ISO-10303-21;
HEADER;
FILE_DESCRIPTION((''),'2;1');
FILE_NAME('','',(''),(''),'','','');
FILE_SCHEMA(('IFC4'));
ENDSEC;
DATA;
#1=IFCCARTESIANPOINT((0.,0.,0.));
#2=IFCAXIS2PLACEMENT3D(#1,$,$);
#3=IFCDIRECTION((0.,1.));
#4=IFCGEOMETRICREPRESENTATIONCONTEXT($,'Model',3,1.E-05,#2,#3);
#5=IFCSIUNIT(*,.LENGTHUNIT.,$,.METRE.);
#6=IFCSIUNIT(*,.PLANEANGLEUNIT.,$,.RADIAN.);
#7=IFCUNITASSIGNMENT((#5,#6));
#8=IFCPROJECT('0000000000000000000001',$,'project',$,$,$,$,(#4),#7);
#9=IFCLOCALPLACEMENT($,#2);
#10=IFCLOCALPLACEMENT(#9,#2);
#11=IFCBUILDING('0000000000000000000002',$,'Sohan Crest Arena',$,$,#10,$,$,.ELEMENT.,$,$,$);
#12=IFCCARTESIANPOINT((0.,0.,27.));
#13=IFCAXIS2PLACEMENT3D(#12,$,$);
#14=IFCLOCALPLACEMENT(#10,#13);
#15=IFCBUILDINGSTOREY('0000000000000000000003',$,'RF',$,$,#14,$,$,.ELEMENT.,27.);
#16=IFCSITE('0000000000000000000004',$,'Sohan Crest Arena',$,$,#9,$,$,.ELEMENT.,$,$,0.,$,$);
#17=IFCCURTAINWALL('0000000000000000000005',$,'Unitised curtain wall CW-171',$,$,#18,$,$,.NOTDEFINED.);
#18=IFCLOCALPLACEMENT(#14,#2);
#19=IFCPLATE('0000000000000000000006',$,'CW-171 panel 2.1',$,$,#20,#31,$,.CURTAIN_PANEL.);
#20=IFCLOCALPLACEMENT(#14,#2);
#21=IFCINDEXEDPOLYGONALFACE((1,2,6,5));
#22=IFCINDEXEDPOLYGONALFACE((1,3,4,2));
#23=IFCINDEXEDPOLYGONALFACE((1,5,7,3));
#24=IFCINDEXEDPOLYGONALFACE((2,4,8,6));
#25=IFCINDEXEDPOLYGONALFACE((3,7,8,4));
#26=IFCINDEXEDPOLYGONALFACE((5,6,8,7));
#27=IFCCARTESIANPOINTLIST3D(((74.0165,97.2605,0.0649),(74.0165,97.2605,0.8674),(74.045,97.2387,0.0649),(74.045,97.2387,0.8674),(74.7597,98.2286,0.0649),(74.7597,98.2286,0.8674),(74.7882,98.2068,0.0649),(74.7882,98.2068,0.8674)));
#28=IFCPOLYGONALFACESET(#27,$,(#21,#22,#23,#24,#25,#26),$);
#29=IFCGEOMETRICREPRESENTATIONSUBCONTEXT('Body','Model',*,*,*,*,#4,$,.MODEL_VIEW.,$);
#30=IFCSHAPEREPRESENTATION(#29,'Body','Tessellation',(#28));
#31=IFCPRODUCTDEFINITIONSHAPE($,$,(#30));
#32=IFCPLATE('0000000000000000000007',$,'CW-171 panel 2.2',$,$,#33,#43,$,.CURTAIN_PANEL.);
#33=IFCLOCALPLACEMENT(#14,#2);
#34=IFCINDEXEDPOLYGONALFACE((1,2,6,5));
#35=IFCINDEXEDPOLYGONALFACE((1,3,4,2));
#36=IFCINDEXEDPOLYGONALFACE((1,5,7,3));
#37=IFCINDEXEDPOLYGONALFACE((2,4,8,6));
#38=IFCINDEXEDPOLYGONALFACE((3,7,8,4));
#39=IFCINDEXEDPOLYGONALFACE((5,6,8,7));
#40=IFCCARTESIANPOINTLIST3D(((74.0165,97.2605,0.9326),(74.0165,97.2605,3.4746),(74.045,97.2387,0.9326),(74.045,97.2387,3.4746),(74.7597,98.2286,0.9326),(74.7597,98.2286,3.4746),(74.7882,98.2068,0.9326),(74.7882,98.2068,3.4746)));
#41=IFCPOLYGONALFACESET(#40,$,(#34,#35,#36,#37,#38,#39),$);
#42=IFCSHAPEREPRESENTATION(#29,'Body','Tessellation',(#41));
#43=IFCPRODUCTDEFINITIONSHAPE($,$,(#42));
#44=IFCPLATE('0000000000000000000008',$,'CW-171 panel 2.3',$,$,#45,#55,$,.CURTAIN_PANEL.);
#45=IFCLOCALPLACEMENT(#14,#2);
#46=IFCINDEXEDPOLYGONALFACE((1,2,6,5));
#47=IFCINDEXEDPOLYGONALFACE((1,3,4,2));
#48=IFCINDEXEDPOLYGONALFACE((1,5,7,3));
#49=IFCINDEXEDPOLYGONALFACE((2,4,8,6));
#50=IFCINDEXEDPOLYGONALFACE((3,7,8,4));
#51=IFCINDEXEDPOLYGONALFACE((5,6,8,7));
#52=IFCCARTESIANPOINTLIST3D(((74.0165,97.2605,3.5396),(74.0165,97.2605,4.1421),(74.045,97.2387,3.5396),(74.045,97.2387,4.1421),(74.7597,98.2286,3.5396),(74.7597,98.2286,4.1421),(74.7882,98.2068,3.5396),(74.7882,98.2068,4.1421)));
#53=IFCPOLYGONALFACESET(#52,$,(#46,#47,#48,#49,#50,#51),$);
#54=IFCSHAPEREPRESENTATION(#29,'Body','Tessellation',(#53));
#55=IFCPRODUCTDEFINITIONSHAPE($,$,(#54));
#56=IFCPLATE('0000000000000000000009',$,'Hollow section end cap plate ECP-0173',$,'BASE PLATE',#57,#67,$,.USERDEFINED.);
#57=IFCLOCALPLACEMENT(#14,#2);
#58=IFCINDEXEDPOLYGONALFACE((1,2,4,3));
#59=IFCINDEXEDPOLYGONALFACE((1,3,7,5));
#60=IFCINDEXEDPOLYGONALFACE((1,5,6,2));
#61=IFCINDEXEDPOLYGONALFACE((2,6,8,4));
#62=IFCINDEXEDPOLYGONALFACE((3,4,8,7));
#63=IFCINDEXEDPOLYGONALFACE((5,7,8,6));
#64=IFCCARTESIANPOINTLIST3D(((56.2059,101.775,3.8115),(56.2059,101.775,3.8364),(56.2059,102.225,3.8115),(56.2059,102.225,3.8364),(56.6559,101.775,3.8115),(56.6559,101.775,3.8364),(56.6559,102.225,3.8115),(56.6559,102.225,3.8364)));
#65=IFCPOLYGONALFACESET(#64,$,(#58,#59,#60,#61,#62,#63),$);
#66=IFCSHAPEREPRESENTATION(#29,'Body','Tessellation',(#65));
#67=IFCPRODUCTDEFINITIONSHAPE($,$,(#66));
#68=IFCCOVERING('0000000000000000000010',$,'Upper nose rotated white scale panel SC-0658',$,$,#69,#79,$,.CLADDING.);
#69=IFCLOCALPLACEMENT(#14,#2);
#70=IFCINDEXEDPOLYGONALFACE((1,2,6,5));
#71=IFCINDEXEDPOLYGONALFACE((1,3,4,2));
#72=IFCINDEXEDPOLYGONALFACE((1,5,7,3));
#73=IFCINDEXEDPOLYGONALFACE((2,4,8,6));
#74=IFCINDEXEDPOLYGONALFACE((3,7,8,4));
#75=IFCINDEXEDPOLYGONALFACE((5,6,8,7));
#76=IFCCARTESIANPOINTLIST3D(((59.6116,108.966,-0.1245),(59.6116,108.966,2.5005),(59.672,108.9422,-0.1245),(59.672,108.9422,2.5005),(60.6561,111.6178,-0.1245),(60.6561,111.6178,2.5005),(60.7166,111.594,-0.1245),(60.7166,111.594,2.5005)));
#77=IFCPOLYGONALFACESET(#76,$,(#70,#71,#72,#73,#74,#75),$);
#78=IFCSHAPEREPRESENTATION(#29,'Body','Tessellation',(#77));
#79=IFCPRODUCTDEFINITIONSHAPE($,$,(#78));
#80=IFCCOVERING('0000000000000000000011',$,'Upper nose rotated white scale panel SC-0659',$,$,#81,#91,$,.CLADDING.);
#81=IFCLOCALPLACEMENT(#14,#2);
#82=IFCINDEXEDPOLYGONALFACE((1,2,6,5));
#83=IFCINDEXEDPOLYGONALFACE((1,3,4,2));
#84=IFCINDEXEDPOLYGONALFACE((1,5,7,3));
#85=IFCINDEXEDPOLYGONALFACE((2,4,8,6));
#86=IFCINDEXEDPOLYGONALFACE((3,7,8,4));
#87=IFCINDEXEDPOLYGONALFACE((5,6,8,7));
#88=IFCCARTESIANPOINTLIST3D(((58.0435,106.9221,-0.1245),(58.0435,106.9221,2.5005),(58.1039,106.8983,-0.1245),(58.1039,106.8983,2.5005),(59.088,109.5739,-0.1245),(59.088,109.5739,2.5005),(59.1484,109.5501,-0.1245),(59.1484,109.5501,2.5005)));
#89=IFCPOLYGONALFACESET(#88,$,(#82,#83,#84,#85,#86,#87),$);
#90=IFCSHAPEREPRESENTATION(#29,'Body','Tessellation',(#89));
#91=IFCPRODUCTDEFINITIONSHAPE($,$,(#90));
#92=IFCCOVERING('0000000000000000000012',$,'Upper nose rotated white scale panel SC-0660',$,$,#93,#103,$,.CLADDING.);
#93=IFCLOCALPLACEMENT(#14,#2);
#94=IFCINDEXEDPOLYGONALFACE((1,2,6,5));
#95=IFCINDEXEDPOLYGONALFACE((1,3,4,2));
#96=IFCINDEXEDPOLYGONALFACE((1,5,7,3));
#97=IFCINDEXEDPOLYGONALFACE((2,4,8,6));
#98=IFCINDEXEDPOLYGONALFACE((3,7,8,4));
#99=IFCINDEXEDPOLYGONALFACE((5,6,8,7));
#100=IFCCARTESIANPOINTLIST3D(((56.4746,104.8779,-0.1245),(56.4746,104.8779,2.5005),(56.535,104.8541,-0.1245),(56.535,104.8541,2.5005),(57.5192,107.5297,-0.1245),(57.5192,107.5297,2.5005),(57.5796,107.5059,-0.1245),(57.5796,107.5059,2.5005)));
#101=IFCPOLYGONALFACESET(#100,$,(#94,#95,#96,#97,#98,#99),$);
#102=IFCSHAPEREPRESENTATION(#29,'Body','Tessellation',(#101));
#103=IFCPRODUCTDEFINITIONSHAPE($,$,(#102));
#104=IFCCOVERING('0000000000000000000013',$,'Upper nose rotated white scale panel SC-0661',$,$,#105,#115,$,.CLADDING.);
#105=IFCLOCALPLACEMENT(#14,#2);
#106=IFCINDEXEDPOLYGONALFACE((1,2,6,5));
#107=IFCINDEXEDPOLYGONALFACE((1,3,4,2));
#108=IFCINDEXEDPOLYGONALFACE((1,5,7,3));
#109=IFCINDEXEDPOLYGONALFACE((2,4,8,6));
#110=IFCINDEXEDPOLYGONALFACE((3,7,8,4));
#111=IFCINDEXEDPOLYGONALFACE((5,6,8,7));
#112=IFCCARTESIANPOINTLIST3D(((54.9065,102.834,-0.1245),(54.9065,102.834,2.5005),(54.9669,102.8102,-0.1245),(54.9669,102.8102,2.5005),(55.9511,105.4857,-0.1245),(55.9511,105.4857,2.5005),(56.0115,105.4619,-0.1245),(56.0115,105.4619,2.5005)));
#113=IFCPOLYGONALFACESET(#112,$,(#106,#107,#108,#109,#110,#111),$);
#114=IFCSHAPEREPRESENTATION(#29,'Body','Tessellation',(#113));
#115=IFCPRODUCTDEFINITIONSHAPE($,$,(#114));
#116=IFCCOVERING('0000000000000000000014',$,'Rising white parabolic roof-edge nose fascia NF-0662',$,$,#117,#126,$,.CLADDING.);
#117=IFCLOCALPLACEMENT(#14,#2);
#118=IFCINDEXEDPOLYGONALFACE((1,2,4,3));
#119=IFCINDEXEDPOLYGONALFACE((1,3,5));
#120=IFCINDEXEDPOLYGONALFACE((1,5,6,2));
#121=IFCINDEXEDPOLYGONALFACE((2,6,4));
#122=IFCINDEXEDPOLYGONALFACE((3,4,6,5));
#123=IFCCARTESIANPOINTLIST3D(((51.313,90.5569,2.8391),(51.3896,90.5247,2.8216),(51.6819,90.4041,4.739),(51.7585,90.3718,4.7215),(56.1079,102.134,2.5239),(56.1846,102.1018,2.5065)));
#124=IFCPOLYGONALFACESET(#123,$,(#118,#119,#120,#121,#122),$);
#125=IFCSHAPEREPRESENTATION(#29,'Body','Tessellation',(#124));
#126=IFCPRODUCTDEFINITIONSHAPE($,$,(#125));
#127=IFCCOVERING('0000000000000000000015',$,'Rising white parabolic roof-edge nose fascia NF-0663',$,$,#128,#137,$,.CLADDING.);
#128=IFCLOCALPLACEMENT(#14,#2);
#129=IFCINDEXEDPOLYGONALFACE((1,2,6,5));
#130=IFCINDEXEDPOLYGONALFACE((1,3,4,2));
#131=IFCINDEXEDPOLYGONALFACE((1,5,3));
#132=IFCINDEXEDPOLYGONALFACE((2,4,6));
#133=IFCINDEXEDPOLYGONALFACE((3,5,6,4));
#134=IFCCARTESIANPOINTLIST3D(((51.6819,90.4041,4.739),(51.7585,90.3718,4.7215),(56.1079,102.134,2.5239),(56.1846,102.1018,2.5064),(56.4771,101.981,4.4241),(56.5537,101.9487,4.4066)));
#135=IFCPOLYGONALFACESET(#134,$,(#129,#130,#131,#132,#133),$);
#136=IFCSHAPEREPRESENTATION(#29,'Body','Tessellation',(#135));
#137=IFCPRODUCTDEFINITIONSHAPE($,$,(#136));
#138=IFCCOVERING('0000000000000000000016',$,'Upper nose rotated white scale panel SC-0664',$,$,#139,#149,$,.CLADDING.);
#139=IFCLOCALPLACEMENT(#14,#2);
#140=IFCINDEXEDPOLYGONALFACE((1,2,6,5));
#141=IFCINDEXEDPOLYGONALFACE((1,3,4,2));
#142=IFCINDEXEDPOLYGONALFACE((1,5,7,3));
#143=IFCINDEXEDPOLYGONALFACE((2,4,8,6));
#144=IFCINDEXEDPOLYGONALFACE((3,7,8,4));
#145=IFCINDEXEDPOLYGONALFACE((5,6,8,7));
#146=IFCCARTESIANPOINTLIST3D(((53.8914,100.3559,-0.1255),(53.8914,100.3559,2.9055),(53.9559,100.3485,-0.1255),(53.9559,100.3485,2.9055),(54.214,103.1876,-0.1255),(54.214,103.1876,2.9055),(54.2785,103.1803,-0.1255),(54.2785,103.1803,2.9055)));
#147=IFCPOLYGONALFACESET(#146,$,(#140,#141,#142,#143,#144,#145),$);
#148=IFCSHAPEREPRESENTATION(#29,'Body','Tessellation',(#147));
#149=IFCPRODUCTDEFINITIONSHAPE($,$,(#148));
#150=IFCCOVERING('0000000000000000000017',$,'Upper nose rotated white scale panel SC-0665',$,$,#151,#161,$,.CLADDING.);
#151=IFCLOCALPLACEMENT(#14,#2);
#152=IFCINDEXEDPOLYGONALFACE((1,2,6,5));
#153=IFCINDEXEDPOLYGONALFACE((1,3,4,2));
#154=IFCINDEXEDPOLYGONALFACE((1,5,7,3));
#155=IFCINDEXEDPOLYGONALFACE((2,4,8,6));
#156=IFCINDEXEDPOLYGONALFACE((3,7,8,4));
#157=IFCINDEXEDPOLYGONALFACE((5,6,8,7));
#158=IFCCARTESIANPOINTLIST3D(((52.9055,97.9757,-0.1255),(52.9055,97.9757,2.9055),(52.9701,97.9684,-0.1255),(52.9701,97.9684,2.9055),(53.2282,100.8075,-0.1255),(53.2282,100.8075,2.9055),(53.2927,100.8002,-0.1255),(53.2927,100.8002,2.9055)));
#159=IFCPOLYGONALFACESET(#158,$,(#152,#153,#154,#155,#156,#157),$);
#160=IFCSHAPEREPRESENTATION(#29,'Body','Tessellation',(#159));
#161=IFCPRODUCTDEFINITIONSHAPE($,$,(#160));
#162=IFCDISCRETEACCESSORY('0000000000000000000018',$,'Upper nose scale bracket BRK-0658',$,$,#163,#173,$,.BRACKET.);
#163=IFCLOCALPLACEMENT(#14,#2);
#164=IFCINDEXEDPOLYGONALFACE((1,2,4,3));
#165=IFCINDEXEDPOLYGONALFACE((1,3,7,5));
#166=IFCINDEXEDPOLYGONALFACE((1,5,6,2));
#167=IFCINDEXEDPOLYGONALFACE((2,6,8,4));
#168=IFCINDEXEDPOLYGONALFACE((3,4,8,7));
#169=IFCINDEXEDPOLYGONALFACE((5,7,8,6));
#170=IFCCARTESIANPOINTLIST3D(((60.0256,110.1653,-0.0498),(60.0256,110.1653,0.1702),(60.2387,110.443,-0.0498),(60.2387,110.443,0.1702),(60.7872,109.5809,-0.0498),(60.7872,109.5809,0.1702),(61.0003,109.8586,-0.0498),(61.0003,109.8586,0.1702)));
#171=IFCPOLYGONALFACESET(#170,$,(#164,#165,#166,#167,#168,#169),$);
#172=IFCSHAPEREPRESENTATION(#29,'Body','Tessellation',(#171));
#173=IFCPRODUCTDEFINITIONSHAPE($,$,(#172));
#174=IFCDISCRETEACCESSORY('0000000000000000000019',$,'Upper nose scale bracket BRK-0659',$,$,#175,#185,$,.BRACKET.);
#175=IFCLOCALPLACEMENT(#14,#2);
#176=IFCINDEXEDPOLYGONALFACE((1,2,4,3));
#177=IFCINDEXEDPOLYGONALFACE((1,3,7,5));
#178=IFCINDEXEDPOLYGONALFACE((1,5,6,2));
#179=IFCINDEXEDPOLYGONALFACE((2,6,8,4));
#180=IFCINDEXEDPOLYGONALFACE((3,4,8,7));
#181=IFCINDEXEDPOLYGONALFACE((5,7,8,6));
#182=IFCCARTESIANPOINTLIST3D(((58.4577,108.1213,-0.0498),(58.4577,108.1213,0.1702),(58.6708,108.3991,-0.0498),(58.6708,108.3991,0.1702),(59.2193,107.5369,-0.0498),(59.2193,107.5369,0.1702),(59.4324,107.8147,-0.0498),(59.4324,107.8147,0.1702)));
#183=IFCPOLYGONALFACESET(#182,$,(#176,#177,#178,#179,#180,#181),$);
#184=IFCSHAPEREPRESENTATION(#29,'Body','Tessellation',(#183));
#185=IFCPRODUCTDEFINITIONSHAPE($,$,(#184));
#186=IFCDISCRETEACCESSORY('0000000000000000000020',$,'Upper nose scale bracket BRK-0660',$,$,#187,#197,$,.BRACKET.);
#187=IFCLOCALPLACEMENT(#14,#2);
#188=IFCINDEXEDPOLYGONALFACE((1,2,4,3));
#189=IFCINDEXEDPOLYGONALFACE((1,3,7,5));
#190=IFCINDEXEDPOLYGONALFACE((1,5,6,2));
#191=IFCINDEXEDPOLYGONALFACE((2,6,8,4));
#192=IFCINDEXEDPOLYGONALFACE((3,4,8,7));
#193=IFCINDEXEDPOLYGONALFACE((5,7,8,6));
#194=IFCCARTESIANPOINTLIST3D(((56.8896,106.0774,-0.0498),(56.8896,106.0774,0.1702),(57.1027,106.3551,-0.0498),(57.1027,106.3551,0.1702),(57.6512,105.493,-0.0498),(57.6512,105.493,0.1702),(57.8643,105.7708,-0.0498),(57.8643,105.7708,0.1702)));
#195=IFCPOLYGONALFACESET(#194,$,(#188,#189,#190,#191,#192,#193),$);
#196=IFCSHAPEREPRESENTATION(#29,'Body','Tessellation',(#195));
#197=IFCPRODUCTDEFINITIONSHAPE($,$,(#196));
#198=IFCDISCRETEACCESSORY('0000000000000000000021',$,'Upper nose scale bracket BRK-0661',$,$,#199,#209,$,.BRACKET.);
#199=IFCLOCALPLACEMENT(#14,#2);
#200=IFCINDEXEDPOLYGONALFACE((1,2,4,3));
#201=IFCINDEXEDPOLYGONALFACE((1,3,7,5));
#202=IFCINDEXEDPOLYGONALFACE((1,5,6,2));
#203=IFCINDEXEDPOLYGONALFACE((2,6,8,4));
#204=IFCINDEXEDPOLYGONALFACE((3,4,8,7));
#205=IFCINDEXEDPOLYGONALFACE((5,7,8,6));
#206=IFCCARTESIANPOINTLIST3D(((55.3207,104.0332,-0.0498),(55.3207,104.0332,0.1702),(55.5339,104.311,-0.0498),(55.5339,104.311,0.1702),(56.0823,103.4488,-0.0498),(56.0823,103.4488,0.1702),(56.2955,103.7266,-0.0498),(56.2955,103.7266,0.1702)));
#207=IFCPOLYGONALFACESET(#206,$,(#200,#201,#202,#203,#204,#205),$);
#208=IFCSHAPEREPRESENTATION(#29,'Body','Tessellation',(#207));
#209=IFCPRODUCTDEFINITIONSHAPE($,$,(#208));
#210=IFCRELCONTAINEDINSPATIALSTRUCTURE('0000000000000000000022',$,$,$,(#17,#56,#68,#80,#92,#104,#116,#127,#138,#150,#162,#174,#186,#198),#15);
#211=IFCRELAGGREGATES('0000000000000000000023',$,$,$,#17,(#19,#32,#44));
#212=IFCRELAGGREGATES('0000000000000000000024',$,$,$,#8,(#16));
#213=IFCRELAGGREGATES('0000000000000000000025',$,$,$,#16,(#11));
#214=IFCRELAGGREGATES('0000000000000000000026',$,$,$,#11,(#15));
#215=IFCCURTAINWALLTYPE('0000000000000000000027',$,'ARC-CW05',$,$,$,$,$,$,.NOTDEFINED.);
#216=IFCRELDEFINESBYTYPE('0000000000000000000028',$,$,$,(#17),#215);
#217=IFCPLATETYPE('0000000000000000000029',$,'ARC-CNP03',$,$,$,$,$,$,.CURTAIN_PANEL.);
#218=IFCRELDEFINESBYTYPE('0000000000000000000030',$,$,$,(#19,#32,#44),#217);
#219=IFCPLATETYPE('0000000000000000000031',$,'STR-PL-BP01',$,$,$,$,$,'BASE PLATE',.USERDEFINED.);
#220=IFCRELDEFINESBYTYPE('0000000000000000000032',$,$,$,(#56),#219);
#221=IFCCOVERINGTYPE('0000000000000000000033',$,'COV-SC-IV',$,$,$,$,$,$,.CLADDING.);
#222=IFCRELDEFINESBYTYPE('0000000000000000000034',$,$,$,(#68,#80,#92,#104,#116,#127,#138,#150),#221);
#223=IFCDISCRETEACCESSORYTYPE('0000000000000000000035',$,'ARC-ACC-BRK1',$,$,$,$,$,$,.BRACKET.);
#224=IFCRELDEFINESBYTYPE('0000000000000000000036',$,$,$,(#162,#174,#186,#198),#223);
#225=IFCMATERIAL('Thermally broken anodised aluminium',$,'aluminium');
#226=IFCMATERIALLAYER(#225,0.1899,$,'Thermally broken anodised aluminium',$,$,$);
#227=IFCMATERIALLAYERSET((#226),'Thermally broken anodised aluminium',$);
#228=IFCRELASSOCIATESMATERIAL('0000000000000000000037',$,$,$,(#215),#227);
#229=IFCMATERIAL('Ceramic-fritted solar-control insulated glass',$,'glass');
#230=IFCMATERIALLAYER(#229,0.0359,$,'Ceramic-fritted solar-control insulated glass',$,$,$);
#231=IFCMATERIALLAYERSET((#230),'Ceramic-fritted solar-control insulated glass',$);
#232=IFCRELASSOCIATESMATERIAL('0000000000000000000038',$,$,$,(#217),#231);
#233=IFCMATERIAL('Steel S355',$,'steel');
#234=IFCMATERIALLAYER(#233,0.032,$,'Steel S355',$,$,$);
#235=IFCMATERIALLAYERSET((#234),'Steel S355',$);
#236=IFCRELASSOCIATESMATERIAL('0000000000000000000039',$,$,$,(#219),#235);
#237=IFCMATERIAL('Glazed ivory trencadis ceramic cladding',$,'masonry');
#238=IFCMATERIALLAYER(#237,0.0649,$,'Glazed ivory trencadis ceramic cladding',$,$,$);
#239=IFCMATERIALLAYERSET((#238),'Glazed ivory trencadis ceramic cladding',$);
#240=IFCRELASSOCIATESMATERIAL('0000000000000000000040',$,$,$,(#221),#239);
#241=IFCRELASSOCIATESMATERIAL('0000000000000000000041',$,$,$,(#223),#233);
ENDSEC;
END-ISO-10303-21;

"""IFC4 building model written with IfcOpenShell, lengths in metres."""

from ifc_helpers import new_model, si_unit, direction, frame, origin, origin_2d, place, context, subcontext, project, spatial, polyline, rectangle, outline, extrude, material, layer, layer_set, type_object, element, aggregate, save


model = new_model("IFC4")

# Units and contexts
model_context = context("Model", 3, precision=1e-05, world=origin(), true_north=direction((0.0, 1.0)))
body_context = subcontext(model_context, "Body", "Model", "MODEL_VIEW")
ifc_project = project(units=[si_unit("LENGTHUNIT", "METRE"), si_unit("PLANEANGLEUNIT", "RADIAN")], contexts=[model_context])

# Site, building, storey
site_placement = place(None, origin())
site = spatial("IfcSite", under=ifc_project, at=site_placement, Name="Sohan Crest Arena", CompositionType="ELEMENT", RefElevation=0.0)
building_placement = place(site_placement, origin())
building = spatial("IfcBuilding", under=site, at=building_placement, Name="Sohan Crest Arena", CompositionType="ELEMENT")
storey_placement = place(building_placement, frame((0.0, 0.0, 27.0)))
storey = spatial("IfcBuildingStorey", under=building, at=storey_placement, Name="RF", CompositionType="ELEMENT", Elevation=27.0)

# Shared definitions
ifc_material_1 = material(Name="Steel S355", Category="steel")

# Curtain wall
ifc_material_2 = material(Name="Thermally broken anodised aluminium", Category="aluminium")
ifc_layer_1 = layer(ifc_material_2, 0.1899, Name="Thermally broken anodised aluminium")
ifc_layer_set_1 = layer_set([ifc_layer_1], Name="Thermally broken anodised aluminium")
curtain_wall_type = type_object("IfcCurtainWallType", Name="ARC-CW05", PredefinedType="NOTDEFINED", material=ifc_layer_set_1)
curtain_wall_placement = place(storey_placement, origin())
curtain_wall = element("IfcCurtainWall", 1, at=curtain_wall_placement, inside=storey, type_object=curtain_wall_type, Name="Unitised curtain wall CW-171", PredefinedType="NOTDEFINED")

# Plates
ifc_material_3 = material(Name="Ceramic-fritted solar-control insulated glass", Category="glass")
ifc_layer_2 = layer(ifc_material_3, 0.0359, Name="Ceramic-fritted solar-control insulated glass")
ifc_layer_set_2 = layer_set([ifc_layer_2], Name="Ceramic-fritted solar-control insulated glass")
plate_type_1 = type_object("IfcPlateType", Name="ARC-CNP03", PredefinedType="CURTAIN_PANEL", material=ifc_layer_set_2)
plate_1_placement = place(storey_placement, frame((74.4023, 97.7336, 0.0649), z_axis=(0.0, 0.0, 1.0), x_axis=(-0.608939, -0.793217, 0.0)))
plate_1 = element("IfcPlate", 2, at=plate_1_placement, type_object=plate_type_1, Name="CW-171 panel 2.1", PredefinedType="CURTAIN_PANEL", context=body_context, shape_type="SweptSolid", body=[
    extrude(rectangle(XDim=1.2205, YDim=0.0359, at=origin_2d()), origin(), (0.0, 0.0, 1.0), 0.8025),
])
plate_2_placement = place(storey_placement, frame((74.4023, 97.7336, 0.9326), z_axis=(0.0, 0.0, 1.0), x_axis=(-0.608939, -0.793217, 0.0)))
plate_2 = element("IfcPlate", 3, at=plate_2_placement, type_object=plate_type_1, Name="CW-171 panel 2.2", PredefinedType="CURTAIN_PANEL", context=body_context, shape_type="SweptSolid", body=[
    extrude(rectangle(XDim=1.2205, YDim=0.0359, at=origin_2d()), origin(), (0.0, 0.0, 1.0), 2.542),
])
plate_3_placement = place(storey_placement, frame((74.4023, 97.7336, 3.5396), z_axis=(0.0, 0.0, 1.0), x_axis=(-0.608939, -0.793217, 0.0)))
plate_3 = element("IfcPlate", 4, at=plate_3_placement, type_object=plate_type_1, Name="CW-171 panel 2.3", PredefinedType="CURTAIN_PANEL", context=body_context, shape_type="SweptSolid", body=[
    extrude(rectangle(XDim=1.2205, YDim=0.0359, at=origin_2d()), origin(), (0.0, 0.0, 1.0), 0.6025),
])
aggregate(curtain_wall, [plate_1, plate_2, plate_3])
ifc_layer_3 = layer(ifc_material_1, 0.032, Name="Steel S355")
ifc_layer_set_3 = layer_set([ifc_layer_3], Name="Steel S355")
plate_type_2 = type_object("IfcPlateType", Name="STR-PL-BP01", ElementType="BASE PLATE", PredefinedType="USERDEFINED", material=ifc_layer_set_3)
plate_4_placement = place(storey_placement, frame((56.4309, 102.0, 3.8115), z_axis=(0.0, 0.0, 1.0), x_axis=(1.0, 0.0, 0.0)))
element("IfcPlate", 5, at=plate_4_placement, inside=storey, type_object=plate_type_2, Name="Hollow section end cap plate ECP-0173", ObjectType="BASE PLATE", PredefinedType="USERDEFINED", context=body_context, shape_type="SweptSolid", body=[
    extrude(rectangle(XDim=0.45, YDim=0.45, at=origin_2d()), origin(), (0.0, 0.0, 1.0), 0.0249),
])

# Coverings
ifc_material_4 = material(Name="Glazed ivory trencadis ceramic cladding", Category="masonry")
ifc_layer_4 = layer(ifc_material_4, 0.0649, Name="Glazed ivory trencadis ceramic cladding")
ifc_layer_set_4 = layer_set([ifc_layer_4], Name="Glazed ivory trencadis ceramic cladding")
covering_type = type_object("IfcCoveringType", Name="COV-SC-IV", PredefinedType="CLADDING", material=ifc_layer_set_4)
for number, where, z_axis, x_axis, name in (
    (6, (60.1641, 110.28, -0.1245), (0.0, 0.0, 1.0), (-0.366501, -0.930418, 0.0), "Upper nose rotated white scale panel SC-0658"),
    (7, (58.5959, 108.2361, -0.1245), (0.0, 0.0, 1.0), (-0.366501, -0.930418, 0.0), "Upper nose rotated white scale panel SC-0659"),
    (8, (57.0271, 106.1919, -0.1245), (0.0, 0.0, 1.0), (-0.366501, -0.930418, 0.0), "Upper nose rotated white scale panel SC-0660"),
    (9, (55.459, 104.1479, -0.1245), (0.0, 0.0, 1.0), (-0.366501, -0.930418, 0.0), "Upper nose rotated white scale panel SC-0661"),
):
    element("IfcCovering", number, at=place(storey_placement, frame(where, z_axis=z_axis, x_axis=x_axis)), inside=storey, type_object=covering_type, Name=name, PredefinedType="CLADDING", context=body_context, shape_type="SweptSolid", body=[
        extrude(rectangle(XDim=2.8501, YDim=0.0649, at=origin_2d()), origin(), (0.0, 0.0, 1.0), 2.625),
    ])
covering_1_placement = place(storey_placement, frame((56.1079, 102.134, 2.5239), z_axis=(-0.902149, 0.379244, 0.205674), x_axis=(-0.382529, -0.923601, 0.025145)))
element("IfcCovering", 10, at=covering_1_placement, inside=storey, type_object=covering_type, Name="Rising white parabolic roof-edge nose fascia NF-0662", PredefinedType="CLADDING", context=body_context, shape_type="SweptSolid", body=[
    extrude(outline(polyline([(0.0, 0.0), (12.5348, 0.0), (12.5826, 1.9408), (0.0, 0.0)])), origin(), (0.0, 0.0, -1.0), 0.085),
])
covering_2_placement = place(storey_placement, frame((56.1079, 102.134, 2.5239), z_axis=(-0.902114, 0.379255, 0.205806), x_axis=(-0.347646, -0.921342, 0.173986)))
element("IfcCovering", 11, at=covering_2_placement, inside=storey, type_object=covering_type, Name="Rising white parabolic roof-edge nose fascia NF-0663", PredefinedType="CLADDING", context=body_context, shape_type="SweptSolid", body=[
    extrude(outline(polyline([(0.0, 0.0), (12.7314, 0.0), (0.3433, 1.9111), (0.0, 0.0)])), origin(), (0.0, 0.0, -1.0), 0.085),
])
for number, where, z_axis, x_axis, name in (
    (12, (54.085, 101.7681, -0.1255), (0.0, 0.0, 1.0), (-0.113203, -0.993572, 0.0), "Upper nose rotated white scale panel SC-0664"),
    (13, (53.0991, 99.3879, -0.1255), (0.0, 0.0, 1.0), (-0.113203, -0.993572, 0.0), "Upper nose rotated white scale panel SC-0665"),
):
    element("IfcCovering", number, at=place(storey_placement, frame(where, z_axis=z_axis, x_axis=x_axis)), inside=storey, type_object=covering_type, Name=name, PredefinedType="CLADDING", context=body_context, shape_type="SweptSolid", body=[
        extrude(rectangle(XDim=2.8501, YDim=0.0649, at=origin_2d()), origin(), (0.0, 0.0, 1.0), 3.031),
    ])

# Discrete accessories
discrete_accessory_type = type_object("IfcDiscreteAccessoryType", Name="ARC-ACC-BRK1", PredefinedType="BRACKET", material=ifc_material_1)
for number, where, z_axis, x_axis, name in (
    (14, (60.5129, 110.012, -0.0498), (0.0, 0.0, 1.0), (-0.608761, -0.793353, 0.0), "Upper nose scale bracket BRK-0658"),
    (15, (58.9451, 107.968, -0.0498), (0.0, 0.0, 1.0), (-0.608761, -0.793353, 0.0), "Upper nose scale bracket BRK-0659"),
    (16, (57.377, 105.9241, -0.0498), (0.0, 0.0, 1.0), (-0.608761, -0.793353, 0.0), "Upper nose scale bracket BRK-0660"),
    (17, (55.8081, 103.8799, -0.0498), (0.0, 0.0, 1.0), (-0.608761, -0.793353, 0.0), "Upper nose scale bracket BRK-0661"),
):
    element("IfcDiscreteAccessory", number, at=place(storey_placement, frame(where, z_axis=z_axis, x_axis=x_axis)), inside=storey, type_object=discrete_accessory_type, Name=name, PredefinedType="BRACKET", context=body_context, shape_type="SweptSolid", body=[
        extrude(rectangle(XDim=0.3501, YDim=0.96, at=origin_2d()), origin(), (0.0, 0.0, 1.0), 0.22),
    ])

save(model, "model.ifc")
